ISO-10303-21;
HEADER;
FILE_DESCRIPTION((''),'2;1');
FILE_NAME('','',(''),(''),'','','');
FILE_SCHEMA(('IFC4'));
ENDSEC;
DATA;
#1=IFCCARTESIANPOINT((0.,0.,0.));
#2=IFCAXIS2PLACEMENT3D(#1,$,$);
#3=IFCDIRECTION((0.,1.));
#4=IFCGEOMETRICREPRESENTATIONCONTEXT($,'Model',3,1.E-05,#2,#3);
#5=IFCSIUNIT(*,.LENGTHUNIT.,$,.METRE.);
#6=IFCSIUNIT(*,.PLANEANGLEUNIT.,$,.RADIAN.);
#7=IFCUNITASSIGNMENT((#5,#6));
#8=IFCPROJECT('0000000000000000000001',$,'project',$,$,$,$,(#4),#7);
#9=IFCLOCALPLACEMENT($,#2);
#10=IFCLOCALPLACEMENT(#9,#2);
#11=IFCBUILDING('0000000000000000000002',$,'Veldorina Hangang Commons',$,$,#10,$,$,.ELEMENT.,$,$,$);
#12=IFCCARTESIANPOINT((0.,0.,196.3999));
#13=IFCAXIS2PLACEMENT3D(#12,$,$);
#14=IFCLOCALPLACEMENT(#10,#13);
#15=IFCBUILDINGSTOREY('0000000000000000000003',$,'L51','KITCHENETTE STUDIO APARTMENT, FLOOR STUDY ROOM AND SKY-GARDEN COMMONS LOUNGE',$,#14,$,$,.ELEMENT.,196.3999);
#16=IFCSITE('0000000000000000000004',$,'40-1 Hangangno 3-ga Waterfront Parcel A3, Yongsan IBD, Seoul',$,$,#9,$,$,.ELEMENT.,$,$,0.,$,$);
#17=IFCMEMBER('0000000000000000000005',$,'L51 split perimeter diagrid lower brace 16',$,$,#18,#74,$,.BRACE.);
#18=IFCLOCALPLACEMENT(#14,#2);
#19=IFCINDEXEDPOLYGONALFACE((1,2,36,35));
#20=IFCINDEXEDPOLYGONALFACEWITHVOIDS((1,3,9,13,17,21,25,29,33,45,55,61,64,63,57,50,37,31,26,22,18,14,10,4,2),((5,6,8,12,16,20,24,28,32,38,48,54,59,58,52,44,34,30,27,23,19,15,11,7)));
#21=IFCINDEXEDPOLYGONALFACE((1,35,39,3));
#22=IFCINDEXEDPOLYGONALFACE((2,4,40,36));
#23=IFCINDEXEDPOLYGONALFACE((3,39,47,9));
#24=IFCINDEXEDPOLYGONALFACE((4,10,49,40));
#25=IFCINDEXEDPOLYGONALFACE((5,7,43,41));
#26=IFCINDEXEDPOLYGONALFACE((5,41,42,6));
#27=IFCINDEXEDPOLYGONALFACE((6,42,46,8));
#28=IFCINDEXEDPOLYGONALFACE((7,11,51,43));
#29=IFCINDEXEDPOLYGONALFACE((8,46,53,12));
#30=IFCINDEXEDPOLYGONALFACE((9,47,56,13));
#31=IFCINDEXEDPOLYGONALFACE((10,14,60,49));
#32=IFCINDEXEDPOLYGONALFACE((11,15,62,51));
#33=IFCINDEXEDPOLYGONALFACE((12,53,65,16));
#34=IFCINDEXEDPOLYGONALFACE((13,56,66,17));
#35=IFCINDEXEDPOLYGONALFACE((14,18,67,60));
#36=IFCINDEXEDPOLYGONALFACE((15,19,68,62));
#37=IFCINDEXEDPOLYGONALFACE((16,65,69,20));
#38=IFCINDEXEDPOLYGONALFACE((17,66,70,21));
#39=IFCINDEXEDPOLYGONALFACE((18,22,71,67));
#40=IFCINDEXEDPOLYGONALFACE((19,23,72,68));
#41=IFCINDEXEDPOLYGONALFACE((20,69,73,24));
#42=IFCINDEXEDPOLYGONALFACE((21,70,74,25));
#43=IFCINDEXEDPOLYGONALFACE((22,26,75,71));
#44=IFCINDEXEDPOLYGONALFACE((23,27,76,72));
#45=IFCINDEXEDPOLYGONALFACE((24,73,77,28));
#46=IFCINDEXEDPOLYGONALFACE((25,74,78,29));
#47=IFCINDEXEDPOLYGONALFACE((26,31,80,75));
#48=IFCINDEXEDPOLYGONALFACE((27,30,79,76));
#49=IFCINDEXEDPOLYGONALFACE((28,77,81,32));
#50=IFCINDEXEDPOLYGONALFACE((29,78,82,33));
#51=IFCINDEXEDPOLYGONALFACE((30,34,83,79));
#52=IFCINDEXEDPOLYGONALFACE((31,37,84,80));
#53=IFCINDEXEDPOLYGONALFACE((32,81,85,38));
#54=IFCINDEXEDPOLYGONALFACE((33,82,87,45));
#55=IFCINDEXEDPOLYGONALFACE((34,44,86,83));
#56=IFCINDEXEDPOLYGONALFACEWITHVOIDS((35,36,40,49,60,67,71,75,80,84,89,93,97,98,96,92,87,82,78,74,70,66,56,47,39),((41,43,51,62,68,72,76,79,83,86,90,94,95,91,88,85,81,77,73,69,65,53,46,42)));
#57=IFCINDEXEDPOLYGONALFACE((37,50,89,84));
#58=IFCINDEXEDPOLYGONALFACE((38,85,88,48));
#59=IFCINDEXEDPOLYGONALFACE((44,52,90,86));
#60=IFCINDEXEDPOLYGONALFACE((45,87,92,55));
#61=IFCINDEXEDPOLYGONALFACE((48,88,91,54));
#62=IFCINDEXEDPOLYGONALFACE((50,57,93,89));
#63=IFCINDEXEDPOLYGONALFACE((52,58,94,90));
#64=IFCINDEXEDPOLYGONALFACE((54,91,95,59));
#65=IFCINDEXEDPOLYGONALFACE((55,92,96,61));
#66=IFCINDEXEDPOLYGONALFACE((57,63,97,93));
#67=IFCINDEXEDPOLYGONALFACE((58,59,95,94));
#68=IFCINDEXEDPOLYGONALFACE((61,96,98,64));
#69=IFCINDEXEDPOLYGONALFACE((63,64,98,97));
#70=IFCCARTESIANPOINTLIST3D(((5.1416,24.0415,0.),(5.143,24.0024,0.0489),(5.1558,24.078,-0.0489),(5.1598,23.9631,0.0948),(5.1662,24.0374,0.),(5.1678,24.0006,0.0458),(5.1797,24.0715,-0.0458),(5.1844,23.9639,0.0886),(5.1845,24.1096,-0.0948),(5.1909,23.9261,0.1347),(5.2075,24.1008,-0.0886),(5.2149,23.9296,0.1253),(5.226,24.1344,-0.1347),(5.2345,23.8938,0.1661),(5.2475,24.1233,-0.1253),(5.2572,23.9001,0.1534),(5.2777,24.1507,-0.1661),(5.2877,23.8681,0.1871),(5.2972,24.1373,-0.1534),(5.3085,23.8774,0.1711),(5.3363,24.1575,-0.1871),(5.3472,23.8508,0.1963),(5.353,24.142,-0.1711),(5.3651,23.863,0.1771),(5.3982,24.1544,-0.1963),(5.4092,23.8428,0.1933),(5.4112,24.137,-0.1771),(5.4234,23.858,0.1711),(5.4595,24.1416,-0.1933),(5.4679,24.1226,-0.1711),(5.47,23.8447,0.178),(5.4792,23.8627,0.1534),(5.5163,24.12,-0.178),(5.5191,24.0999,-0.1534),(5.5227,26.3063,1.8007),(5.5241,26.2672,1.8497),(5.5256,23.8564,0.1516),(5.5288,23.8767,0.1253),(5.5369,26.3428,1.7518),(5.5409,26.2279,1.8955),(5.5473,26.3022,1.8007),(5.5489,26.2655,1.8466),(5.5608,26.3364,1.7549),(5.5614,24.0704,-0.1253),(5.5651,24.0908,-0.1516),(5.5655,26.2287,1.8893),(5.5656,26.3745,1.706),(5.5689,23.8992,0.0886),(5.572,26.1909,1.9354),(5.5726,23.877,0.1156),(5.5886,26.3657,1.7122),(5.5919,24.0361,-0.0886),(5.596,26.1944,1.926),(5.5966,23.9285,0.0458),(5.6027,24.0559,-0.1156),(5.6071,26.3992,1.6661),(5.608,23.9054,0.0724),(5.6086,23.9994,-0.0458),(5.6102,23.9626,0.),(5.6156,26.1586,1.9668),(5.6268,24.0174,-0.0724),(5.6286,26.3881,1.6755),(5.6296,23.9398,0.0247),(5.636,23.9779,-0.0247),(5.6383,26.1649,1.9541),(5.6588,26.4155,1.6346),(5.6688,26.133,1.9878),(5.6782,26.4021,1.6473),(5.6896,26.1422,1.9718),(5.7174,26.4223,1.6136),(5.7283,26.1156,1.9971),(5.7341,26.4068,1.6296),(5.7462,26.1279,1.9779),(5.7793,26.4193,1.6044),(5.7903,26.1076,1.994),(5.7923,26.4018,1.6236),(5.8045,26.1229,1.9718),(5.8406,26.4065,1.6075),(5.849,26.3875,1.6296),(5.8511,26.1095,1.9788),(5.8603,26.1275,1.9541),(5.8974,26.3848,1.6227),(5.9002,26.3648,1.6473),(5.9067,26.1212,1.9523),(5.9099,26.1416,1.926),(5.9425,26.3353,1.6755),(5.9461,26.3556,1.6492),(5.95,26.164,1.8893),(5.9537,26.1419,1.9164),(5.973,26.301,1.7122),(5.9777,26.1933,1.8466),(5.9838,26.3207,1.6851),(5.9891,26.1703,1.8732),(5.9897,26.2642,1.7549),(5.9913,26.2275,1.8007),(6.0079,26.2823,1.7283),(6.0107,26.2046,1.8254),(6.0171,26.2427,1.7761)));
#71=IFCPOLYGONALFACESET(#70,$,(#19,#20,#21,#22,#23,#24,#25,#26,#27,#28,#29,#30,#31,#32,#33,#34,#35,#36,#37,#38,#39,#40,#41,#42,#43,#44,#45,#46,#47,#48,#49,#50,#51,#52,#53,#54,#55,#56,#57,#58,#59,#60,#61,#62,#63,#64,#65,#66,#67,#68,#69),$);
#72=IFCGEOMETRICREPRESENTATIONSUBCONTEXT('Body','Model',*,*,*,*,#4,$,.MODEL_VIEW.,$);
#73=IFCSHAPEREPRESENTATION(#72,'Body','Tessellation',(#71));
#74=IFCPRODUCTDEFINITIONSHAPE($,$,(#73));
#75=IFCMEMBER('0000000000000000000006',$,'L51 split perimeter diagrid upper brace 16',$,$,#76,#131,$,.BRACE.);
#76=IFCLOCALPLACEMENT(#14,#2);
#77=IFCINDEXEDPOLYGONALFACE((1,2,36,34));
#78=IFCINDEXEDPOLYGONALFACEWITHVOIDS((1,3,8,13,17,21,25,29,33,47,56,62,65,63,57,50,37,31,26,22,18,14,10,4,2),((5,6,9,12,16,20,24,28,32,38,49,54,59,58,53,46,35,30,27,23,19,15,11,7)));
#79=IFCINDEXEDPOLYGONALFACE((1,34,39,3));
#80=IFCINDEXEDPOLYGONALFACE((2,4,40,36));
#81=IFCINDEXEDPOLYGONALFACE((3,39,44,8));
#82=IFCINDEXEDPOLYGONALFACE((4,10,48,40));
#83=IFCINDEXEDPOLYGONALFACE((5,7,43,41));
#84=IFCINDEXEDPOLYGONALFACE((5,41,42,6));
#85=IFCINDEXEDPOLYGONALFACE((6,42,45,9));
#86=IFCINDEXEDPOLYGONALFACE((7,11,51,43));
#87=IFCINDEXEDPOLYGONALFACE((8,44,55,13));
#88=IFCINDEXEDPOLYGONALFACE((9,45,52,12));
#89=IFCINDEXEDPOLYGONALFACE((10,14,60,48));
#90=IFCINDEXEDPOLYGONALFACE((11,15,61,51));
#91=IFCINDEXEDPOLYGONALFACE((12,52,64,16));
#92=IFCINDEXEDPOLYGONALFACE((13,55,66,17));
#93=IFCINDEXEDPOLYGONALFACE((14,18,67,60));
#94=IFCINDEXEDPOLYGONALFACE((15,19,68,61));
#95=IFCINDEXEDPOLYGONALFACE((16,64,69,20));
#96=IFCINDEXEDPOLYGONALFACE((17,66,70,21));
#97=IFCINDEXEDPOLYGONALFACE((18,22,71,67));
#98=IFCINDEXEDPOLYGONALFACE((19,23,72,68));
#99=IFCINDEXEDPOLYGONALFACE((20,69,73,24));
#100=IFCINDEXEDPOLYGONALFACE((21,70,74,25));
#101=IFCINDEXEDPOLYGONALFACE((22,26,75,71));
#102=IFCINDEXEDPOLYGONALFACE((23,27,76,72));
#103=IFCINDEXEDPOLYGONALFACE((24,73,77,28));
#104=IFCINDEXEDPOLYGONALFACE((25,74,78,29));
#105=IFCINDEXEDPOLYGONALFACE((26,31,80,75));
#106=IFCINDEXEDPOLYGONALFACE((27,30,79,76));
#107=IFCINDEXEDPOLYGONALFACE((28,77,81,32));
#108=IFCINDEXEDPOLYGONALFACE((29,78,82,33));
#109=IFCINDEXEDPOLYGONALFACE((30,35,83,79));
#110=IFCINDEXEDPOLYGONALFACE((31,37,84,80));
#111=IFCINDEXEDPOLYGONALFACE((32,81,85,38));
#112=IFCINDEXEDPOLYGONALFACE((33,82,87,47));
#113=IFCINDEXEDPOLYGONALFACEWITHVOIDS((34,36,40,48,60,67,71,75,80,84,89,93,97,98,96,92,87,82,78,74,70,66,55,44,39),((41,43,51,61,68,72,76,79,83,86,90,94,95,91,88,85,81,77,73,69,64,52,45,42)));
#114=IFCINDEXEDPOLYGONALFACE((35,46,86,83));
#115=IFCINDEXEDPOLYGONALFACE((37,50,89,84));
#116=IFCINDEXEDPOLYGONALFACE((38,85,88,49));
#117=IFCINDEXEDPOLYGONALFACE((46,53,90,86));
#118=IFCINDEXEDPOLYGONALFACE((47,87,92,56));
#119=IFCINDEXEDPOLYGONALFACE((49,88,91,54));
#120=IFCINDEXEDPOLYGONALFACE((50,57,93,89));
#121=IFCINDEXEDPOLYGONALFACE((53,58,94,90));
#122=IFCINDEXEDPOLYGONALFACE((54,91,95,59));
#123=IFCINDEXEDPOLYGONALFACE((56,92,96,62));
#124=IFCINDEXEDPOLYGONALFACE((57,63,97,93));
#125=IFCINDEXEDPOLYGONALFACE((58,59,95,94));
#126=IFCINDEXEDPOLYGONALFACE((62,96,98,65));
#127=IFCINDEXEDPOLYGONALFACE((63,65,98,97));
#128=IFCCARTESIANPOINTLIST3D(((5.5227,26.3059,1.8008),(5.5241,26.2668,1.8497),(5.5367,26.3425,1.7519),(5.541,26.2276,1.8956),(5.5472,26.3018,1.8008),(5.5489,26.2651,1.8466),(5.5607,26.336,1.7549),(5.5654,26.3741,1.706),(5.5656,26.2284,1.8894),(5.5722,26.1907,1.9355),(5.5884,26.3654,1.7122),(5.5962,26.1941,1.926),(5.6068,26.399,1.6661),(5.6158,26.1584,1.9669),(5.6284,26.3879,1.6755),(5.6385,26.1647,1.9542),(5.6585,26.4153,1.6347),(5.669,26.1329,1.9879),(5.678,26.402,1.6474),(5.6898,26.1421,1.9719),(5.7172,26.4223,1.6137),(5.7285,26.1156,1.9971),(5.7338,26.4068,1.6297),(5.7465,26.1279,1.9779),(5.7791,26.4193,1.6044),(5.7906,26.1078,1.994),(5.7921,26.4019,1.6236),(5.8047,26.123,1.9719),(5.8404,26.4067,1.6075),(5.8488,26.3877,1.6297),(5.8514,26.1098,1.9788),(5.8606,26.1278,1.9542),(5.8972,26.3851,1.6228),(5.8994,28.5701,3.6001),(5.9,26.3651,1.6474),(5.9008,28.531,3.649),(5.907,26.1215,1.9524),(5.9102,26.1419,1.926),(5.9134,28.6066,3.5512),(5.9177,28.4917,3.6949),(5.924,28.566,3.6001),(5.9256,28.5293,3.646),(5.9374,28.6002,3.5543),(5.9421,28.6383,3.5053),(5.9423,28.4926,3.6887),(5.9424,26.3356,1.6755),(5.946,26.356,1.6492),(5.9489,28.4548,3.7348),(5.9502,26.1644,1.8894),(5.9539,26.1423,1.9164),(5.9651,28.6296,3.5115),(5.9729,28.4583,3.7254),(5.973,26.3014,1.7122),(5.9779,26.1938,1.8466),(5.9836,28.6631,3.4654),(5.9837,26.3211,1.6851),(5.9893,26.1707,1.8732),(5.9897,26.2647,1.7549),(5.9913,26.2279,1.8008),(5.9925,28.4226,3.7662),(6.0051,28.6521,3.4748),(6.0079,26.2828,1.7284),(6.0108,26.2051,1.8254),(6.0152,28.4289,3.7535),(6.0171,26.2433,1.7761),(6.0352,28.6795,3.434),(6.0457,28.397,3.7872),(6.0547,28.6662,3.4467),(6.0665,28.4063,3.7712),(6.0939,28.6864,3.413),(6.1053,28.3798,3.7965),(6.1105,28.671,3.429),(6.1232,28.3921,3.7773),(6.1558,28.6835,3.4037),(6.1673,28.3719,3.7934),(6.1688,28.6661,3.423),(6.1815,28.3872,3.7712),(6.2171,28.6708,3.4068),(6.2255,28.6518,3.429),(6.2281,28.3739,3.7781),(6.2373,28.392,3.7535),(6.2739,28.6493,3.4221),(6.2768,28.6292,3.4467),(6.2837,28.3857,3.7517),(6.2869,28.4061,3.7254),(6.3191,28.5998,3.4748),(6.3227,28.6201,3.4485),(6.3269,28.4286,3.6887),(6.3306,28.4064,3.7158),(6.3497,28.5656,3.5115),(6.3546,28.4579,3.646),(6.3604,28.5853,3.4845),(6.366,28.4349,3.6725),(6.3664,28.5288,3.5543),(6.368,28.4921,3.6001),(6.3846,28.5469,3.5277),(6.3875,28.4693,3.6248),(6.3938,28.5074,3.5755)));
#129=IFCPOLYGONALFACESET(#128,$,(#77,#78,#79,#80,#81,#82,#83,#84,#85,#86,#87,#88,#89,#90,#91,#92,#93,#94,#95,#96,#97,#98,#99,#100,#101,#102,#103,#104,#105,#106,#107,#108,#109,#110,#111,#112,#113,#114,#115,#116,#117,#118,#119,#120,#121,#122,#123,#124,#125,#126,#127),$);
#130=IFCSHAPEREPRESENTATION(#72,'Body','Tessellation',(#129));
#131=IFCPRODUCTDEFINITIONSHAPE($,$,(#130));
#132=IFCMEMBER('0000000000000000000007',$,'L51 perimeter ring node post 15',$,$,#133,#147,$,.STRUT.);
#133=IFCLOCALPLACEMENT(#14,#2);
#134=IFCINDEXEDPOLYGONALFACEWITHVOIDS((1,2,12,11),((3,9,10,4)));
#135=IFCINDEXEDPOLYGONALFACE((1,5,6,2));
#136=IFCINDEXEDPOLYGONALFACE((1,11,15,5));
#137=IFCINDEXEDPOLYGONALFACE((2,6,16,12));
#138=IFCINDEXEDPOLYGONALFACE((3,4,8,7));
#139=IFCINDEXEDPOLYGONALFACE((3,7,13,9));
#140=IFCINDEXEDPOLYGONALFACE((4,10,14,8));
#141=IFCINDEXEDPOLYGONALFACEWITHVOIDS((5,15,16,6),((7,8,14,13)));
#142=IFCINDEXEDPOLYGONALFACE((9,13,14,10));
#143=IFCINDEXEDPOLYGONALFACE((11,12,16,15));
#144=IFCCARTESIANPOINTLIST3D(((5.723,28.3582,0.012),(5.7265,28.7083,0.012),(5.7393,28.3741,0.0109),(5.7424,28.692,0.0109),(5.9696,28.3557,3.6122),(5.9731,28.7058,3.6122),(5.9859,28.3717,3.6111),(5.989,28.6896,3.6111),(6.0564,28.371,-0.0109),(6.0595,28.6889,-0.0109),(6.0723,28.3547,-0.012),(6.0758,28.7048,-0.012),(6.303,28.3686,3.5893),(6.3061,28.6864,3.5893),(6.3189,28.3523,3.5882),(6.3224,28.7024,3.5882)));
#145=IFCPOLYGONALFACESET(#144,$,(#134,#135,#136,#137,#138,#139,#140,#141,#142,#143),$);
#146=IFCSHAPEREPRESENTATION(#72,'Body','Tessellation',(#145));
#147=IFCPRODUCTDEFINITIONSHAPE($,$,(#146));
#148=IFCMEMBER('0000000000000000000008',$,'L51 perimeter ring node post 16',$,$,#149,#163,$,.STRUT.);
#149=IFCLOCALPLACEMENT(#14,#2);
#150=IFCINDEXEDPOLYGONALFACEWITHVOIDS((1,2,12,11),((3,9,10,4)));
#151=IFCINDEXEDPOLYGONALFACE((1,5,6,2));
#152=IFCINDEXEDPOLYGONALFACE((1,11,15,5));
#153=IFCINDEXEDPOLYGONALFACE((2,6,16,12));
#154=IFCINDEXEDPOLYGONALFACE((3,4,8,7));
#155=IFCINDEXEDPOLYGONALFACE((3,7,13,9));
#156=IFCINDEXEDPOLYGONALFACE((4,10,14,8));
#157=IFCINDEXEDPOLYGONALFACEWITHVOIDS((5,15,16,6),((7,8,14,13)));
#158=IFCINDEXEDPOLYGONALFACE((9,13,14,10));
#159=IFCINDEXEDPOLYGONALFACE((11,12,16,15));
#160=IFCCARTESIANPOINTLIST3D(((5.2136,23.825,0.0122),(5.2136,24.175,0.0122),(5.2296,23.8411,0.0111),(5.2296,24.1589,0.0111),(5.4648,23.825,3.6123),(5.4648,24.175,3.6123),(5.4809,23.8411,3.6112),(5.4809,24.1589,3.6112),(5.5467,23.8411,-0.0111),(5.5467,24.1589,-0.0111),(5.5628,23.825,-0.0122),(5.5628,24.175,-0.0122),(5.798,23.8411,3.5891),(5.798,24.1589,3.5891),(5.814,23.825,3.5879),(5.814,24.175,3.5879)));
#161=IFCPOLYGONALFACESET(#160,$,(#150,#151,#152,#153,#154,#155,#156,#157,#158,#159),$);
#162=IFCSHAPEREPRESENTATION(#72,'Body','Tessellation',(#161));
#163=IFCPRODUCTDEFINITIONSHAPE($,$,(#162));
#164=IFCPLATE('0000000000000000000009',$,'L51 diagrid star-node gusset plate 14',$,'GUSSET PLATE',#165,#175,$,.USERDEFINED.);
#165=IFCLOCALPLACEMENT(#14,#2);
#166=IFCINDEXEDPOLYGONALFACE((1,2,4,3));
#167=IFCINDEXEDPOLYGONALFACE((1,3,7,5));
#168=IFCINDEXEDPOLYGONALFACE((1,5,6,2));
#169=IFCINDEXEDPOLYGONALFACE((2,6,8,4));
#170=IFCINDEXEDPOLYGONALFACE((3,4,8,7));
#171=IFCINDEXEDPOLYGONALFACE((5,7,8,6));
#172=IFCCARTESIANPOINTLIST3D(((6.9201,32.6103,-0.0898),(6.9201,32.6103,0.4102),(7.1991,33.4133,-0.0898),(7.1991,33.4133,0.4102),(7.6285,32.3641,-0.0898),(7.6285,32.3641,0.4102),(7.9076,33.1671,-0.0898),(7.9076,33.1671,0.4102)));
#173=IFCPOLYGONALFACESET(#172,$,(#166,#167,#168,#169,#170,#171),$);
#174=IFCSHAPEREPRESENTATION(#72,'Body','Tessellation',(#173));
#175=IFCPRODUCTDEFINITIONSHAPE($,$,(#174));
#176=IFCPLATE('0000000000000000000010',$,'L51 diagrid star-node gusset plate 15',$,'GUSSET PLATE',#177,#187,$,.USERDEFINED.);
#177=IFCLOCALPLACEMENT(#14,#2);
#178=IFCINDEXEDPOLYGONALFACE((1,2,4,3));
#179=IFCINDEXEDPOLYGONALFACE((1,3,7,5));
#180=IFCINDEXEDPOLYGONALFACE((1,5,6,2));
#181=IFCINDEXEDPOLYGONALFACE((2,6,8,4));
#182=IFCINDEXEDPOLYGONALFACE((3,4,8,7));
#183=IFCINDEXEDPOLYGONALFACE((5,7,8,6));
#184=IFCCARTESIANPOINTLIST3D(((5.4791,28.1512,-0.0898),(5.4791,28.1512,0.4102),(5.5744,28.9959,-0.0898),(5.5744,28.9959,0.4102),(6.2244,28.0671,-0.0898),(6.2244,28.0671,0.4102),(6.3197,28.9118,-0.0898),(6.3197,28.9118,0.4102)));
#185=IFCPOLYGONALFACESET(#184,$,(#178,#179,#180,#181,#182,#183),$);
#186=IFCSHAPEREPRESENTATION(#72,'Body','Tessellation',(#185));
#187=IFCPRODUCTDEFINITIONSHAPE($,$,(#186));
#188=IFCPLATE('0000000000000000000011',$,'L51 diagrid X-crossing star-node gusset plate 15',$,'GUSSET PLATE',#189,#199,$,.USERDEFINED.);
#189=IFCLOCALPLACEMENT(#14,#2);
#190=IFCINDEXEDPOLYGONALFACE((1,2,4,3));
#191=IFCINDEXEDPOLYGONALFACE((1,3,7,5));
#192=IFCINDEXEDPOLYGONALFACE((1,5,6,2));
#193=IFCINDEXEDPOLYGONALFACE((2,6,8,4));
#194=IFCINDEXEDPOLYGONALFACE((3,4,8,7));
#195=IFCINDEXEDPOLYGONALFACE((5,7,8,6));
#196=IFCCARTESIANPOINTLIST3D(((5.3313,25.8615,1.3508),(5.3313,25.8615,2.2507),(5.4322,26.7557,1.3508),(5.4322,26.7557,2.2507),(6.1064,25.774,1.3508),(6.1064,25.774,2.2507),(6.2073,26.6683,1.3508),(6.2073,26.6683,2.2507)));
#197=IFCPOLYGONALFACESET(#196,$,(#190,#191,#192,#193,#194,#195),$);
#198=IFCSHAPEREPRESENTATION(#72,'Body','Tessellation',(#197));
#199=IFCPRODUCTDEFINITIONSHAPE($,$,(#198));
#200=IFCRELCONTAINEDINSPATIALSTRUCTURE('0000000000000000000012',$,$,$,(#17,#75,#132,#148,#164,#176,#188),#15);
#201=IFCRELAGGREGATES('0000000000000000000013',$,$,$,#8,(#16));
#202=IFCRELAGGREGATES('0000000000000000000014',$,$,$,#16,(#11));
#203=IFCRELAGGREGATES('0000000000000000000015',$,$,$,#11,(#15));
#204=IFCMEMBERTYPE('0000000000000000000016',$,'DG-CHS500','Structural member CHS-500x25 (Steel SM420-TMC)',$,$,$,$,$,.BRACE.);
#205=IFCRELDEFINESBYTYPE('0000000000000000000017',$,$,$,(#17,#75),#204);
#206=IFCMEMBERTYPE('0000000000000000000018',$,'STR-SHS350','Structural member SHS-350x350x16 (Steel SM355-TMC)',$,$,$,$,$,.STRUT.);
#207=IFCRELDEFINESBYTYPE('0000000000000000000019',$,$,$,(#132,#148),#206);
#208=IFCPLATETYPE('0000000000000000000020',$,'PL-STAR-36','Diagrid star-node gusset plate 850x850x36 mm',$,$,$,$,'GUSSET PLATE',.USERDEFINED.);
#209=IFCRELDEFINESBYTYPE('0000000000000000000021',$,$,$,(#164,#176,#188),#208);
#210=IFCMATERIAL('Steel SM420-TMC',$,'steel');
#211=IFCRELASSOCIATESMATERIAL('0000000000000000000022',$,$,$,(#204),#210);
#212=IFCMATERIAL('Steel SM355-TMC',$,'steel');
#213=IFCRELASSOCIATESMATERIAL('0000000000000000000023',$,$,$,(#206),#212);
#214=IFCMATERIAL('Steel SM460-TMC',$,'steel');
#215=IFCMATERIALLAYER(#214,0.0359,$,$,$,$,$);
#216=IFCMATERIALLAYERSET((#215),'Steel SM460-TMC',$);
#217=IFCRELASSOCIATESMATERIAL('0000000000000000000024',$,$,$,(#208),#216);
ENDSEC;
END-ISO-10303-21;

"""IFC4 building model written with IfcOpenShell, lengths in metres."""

from ifc_helpers import new_model, si_unit, direction, frame, origin, origin_2d, place, context, subcontext, project, spatial, rectangle, hollow_rectangle, hollow_circle, extrude, material, layer, layer_set, material_profile, profile_set, type_object, element, save


model = new_model("IFC4")

# Units and contexts
model_context = context("Model", 3, precision=1e-05, world=origin(), true_north=direction((0.0, 1.0)))
body_context = subcontext(model_context, "Body", "Model", "MODEL_VIEW")
ifc_project = project(units=[si_unit("LENGTHUNIT", "METRE"), si_unit("PLANEANGLEUNIT", "RADIAN")], contexts=[model_context])

# Site, building, storey
site_placement = place(None, origin())
site = spatial("IfcSite", under=ifc_project, at=site_placement, Name="40-1 Hangangno 3-ga Waterfront Parcel A3, Yongsan IBD, Seoul", CompositionType="ELEMENT", RefElevation=0.0)
building_placement = place(site_placement, origin())
building = spatial("IfcBuilding", under=site, at=building_placement, Name="Veldorina Hangang Commons", CompositionType="ELEMENT")
storey_placement = place(building_placement, frame((0.0, 0.0, 196.3999)))
storey = spatial("IfcBuildingStorey", under=building, at=storey_placement, Name="L51", Description="KITCHENETTE STUDIO APARTMENT, FLOOR STUDY ROOM AND SKY-GARDEN COMMONS LOUNGE", CompositionType="ELEMENT", Elevation=196.3999)

# Shared definitions
ifc_material_1 = material(Name="Steel SM355-TMC", Category="steel")
ifc_material_2 = material(Name="Steel SM420-TMC", Category="steel")

# Members
ifc_material_profile_1 = material_profile(ifc_material_2, hollow_circle(Radius=0.25, WallThickness=0.0249, at=origin_2d()), Name="CHS-500x25")
ifc_profile_set_1 = profile_set([ifc_material_profile_1], Name="Steel SM420-TMC")
member_type_1 = type_object("IfcMemberType", Name="DG-CHS500", Description="Structural member CHS-500x25 (Steel SM420-TMC)", PredefinedType="BRACE", material=ifc_profile_set_1)
member_1_placement = place(storey_placement, frame((5.3882, 24.0, 0.0), z_axis=(0.130581, 0.77604, 0.617017), x_axis=(-0.986137, 0.165933, 0.0)))
element("IfcMember", 1, at=member_1_placement, inside=storey, type_object=member_type_1, Name="L51 split perimeter diagrid lower brace 16", PredefinedType="BRACE", context=body_context, shape_type="SweptSolid", body=[
    extrude(hollow_circle(Radius=0.25, WallThickness=0.0249, at=origin_2d()), origin(), (0.0, 0.0, 1.0), 2.9185),
])
member_2_placement = place(storey_placement, frame((5.7693, 26.2649, 1.8008), z_axis=(0.129166, 0.776332, 0.616947), x_axis=(-0.98644, 0.164123, 0.0)))
element("IfcMember", 2, at=member_2_placement, inside=storey, type_object=member_type_1, Name="L51 split perimeter diagrid upper brace 16", PredefinedType="BRACE", context=body_context, shape_type="SweptSolid", body=[
    extrude(hollow_circle(Radius=0.25, WallThickness=0.0249, at=origin_2d()), origin(), (0.0, 0.0, 1.0), 2.9165),
])
ifc_material_profile_2 = material_profile(ifc_material_1, hollow_rectangle(XDim=0.3501, YDim=0.3501, WallThickness=0.0161, at=origin_2d()), Name="SHS-350x350x16")
ifc_profile_set_2 = profile_set([ifc_material_profile_2], Name="Steel SM355-TMC")
member_type_2 = type_object("IfcMemberType", Name="STR-SHS350", Description="Structural member SHS-350x350x16 (Steel SM355-TMC)", PredefinedType="STRUT", material=ifc_profile_set_2)
member_3_placement = place(storey_placement, frame((5.8994, 28.5315, 0.0), z_axis=(0.068333, -0.000677, 0.997662), x_axis=(0.009901, 0.999951, 0.0)))
element("IfcMember", 3, at=member_3_placement, inside=storey, type_object=member_type_2, Name="L51 perimeter ring node post 15", PredefinedType="STRUT", context=body_context, shape_type="SweptSolid", body=[
    extrude(hollow_rectangle(XDim=0.3501, YDim=0.3501, WallThickness=0.0161, at=origin_2d()), origin(), (0.0, 0.0, 1.0), 3.6086),
])
member_4_placement = place(storey_placement, frame((5.3882, 24.0, 0.0), z_axis=(0.069612, 0.0, 0.997574), x_axis=(0.0, 1.0, 0.0)))
element("IfcMember", 4, at=member_4_placement, inside=storey, type_object=member_type_2, Name="L51 perimeter ring node post 16", PredefinedType="STRUT", context=body_context, shape_type="SweptSolid", body=[
    extrude(hollow_rectangle(XDim=0.3501, YDim=0.3501, WallThickness=0.0161, at=origin_2d()), origin(), (0.0, 0.0, 1.0), 3.6089),
])

# Plates
ifc_material_3 = material(Name="Steel SM460-TMC", Category="steel")
ifc_layer_1 = layer(ifc_material_3, 0.0359)
ifc_layer_set_1 = layer_set([ifc_layer_1], Name="Steel SM460-TMC")
plate_type = type_object("IfcPlateType", Name="PL-STAR-36", Description="Diagrid star-node gusset plate 850x850x36 mm", ElementType="GUSSET PLATE", PredefinedType="USERDEFINED", material=ifc_layer_set_1)
for number, where, z_axis, x_axis, name in (
    (5, (7.4138, 32.8887, -0.0898), (0.0, 0.0, 1.0), (-0.32829, -0.944577, 0.0), "L51 diagrid star-node gusset plate 14"),
    (6, (5.8994, 28.5315, -0.0898), (0.0, 0.0, 1.0), (-0.112128, -0.993694, 0.0), "L51 diagrid star-node gusset plate 15"),
):
    element("IfcPlate", number, at=place(storey_placement, frame(where, z_axis=z_axis, x_axis=x_axis)), inside=storey, type_object=plate_type, Name=name, ObjectType="GUSSET PLATE", PredefinedType="USERDEFINED", context=body_context, shape_type="SweptSolid", body=[
        extrude(rectangle(XDim=0.8501, YDim=0.75, at=origin_2d()), origin(), (0.0, 0.0, 1.0), 0.5),
    ])
plate_1_placement = place(storey_placement, frame((5.7693, 26.2649, 1.3508), z_axis=(0.0, 0.0, 1.0), x_axis=(-0.112128, -0.993694, 0.0)))
element("IfcPlate", 7, at=plate_1_placement, inside=storey, type_object=plate_type, Name="L51 diagrid X-crossing star-node gusset plate 15", ObjectType="GUSSET PLATE", PredefinedType="USERDEFINED", context=body_context, shape_type="SweptSolid", body=[
    extrude(rectangle(XDim=0.8999, YDim=0.78, at=origin_2d()), origin(), (0.0, 0.0, 1.0), 0.8999),
])

save(model, "model.ifc")
